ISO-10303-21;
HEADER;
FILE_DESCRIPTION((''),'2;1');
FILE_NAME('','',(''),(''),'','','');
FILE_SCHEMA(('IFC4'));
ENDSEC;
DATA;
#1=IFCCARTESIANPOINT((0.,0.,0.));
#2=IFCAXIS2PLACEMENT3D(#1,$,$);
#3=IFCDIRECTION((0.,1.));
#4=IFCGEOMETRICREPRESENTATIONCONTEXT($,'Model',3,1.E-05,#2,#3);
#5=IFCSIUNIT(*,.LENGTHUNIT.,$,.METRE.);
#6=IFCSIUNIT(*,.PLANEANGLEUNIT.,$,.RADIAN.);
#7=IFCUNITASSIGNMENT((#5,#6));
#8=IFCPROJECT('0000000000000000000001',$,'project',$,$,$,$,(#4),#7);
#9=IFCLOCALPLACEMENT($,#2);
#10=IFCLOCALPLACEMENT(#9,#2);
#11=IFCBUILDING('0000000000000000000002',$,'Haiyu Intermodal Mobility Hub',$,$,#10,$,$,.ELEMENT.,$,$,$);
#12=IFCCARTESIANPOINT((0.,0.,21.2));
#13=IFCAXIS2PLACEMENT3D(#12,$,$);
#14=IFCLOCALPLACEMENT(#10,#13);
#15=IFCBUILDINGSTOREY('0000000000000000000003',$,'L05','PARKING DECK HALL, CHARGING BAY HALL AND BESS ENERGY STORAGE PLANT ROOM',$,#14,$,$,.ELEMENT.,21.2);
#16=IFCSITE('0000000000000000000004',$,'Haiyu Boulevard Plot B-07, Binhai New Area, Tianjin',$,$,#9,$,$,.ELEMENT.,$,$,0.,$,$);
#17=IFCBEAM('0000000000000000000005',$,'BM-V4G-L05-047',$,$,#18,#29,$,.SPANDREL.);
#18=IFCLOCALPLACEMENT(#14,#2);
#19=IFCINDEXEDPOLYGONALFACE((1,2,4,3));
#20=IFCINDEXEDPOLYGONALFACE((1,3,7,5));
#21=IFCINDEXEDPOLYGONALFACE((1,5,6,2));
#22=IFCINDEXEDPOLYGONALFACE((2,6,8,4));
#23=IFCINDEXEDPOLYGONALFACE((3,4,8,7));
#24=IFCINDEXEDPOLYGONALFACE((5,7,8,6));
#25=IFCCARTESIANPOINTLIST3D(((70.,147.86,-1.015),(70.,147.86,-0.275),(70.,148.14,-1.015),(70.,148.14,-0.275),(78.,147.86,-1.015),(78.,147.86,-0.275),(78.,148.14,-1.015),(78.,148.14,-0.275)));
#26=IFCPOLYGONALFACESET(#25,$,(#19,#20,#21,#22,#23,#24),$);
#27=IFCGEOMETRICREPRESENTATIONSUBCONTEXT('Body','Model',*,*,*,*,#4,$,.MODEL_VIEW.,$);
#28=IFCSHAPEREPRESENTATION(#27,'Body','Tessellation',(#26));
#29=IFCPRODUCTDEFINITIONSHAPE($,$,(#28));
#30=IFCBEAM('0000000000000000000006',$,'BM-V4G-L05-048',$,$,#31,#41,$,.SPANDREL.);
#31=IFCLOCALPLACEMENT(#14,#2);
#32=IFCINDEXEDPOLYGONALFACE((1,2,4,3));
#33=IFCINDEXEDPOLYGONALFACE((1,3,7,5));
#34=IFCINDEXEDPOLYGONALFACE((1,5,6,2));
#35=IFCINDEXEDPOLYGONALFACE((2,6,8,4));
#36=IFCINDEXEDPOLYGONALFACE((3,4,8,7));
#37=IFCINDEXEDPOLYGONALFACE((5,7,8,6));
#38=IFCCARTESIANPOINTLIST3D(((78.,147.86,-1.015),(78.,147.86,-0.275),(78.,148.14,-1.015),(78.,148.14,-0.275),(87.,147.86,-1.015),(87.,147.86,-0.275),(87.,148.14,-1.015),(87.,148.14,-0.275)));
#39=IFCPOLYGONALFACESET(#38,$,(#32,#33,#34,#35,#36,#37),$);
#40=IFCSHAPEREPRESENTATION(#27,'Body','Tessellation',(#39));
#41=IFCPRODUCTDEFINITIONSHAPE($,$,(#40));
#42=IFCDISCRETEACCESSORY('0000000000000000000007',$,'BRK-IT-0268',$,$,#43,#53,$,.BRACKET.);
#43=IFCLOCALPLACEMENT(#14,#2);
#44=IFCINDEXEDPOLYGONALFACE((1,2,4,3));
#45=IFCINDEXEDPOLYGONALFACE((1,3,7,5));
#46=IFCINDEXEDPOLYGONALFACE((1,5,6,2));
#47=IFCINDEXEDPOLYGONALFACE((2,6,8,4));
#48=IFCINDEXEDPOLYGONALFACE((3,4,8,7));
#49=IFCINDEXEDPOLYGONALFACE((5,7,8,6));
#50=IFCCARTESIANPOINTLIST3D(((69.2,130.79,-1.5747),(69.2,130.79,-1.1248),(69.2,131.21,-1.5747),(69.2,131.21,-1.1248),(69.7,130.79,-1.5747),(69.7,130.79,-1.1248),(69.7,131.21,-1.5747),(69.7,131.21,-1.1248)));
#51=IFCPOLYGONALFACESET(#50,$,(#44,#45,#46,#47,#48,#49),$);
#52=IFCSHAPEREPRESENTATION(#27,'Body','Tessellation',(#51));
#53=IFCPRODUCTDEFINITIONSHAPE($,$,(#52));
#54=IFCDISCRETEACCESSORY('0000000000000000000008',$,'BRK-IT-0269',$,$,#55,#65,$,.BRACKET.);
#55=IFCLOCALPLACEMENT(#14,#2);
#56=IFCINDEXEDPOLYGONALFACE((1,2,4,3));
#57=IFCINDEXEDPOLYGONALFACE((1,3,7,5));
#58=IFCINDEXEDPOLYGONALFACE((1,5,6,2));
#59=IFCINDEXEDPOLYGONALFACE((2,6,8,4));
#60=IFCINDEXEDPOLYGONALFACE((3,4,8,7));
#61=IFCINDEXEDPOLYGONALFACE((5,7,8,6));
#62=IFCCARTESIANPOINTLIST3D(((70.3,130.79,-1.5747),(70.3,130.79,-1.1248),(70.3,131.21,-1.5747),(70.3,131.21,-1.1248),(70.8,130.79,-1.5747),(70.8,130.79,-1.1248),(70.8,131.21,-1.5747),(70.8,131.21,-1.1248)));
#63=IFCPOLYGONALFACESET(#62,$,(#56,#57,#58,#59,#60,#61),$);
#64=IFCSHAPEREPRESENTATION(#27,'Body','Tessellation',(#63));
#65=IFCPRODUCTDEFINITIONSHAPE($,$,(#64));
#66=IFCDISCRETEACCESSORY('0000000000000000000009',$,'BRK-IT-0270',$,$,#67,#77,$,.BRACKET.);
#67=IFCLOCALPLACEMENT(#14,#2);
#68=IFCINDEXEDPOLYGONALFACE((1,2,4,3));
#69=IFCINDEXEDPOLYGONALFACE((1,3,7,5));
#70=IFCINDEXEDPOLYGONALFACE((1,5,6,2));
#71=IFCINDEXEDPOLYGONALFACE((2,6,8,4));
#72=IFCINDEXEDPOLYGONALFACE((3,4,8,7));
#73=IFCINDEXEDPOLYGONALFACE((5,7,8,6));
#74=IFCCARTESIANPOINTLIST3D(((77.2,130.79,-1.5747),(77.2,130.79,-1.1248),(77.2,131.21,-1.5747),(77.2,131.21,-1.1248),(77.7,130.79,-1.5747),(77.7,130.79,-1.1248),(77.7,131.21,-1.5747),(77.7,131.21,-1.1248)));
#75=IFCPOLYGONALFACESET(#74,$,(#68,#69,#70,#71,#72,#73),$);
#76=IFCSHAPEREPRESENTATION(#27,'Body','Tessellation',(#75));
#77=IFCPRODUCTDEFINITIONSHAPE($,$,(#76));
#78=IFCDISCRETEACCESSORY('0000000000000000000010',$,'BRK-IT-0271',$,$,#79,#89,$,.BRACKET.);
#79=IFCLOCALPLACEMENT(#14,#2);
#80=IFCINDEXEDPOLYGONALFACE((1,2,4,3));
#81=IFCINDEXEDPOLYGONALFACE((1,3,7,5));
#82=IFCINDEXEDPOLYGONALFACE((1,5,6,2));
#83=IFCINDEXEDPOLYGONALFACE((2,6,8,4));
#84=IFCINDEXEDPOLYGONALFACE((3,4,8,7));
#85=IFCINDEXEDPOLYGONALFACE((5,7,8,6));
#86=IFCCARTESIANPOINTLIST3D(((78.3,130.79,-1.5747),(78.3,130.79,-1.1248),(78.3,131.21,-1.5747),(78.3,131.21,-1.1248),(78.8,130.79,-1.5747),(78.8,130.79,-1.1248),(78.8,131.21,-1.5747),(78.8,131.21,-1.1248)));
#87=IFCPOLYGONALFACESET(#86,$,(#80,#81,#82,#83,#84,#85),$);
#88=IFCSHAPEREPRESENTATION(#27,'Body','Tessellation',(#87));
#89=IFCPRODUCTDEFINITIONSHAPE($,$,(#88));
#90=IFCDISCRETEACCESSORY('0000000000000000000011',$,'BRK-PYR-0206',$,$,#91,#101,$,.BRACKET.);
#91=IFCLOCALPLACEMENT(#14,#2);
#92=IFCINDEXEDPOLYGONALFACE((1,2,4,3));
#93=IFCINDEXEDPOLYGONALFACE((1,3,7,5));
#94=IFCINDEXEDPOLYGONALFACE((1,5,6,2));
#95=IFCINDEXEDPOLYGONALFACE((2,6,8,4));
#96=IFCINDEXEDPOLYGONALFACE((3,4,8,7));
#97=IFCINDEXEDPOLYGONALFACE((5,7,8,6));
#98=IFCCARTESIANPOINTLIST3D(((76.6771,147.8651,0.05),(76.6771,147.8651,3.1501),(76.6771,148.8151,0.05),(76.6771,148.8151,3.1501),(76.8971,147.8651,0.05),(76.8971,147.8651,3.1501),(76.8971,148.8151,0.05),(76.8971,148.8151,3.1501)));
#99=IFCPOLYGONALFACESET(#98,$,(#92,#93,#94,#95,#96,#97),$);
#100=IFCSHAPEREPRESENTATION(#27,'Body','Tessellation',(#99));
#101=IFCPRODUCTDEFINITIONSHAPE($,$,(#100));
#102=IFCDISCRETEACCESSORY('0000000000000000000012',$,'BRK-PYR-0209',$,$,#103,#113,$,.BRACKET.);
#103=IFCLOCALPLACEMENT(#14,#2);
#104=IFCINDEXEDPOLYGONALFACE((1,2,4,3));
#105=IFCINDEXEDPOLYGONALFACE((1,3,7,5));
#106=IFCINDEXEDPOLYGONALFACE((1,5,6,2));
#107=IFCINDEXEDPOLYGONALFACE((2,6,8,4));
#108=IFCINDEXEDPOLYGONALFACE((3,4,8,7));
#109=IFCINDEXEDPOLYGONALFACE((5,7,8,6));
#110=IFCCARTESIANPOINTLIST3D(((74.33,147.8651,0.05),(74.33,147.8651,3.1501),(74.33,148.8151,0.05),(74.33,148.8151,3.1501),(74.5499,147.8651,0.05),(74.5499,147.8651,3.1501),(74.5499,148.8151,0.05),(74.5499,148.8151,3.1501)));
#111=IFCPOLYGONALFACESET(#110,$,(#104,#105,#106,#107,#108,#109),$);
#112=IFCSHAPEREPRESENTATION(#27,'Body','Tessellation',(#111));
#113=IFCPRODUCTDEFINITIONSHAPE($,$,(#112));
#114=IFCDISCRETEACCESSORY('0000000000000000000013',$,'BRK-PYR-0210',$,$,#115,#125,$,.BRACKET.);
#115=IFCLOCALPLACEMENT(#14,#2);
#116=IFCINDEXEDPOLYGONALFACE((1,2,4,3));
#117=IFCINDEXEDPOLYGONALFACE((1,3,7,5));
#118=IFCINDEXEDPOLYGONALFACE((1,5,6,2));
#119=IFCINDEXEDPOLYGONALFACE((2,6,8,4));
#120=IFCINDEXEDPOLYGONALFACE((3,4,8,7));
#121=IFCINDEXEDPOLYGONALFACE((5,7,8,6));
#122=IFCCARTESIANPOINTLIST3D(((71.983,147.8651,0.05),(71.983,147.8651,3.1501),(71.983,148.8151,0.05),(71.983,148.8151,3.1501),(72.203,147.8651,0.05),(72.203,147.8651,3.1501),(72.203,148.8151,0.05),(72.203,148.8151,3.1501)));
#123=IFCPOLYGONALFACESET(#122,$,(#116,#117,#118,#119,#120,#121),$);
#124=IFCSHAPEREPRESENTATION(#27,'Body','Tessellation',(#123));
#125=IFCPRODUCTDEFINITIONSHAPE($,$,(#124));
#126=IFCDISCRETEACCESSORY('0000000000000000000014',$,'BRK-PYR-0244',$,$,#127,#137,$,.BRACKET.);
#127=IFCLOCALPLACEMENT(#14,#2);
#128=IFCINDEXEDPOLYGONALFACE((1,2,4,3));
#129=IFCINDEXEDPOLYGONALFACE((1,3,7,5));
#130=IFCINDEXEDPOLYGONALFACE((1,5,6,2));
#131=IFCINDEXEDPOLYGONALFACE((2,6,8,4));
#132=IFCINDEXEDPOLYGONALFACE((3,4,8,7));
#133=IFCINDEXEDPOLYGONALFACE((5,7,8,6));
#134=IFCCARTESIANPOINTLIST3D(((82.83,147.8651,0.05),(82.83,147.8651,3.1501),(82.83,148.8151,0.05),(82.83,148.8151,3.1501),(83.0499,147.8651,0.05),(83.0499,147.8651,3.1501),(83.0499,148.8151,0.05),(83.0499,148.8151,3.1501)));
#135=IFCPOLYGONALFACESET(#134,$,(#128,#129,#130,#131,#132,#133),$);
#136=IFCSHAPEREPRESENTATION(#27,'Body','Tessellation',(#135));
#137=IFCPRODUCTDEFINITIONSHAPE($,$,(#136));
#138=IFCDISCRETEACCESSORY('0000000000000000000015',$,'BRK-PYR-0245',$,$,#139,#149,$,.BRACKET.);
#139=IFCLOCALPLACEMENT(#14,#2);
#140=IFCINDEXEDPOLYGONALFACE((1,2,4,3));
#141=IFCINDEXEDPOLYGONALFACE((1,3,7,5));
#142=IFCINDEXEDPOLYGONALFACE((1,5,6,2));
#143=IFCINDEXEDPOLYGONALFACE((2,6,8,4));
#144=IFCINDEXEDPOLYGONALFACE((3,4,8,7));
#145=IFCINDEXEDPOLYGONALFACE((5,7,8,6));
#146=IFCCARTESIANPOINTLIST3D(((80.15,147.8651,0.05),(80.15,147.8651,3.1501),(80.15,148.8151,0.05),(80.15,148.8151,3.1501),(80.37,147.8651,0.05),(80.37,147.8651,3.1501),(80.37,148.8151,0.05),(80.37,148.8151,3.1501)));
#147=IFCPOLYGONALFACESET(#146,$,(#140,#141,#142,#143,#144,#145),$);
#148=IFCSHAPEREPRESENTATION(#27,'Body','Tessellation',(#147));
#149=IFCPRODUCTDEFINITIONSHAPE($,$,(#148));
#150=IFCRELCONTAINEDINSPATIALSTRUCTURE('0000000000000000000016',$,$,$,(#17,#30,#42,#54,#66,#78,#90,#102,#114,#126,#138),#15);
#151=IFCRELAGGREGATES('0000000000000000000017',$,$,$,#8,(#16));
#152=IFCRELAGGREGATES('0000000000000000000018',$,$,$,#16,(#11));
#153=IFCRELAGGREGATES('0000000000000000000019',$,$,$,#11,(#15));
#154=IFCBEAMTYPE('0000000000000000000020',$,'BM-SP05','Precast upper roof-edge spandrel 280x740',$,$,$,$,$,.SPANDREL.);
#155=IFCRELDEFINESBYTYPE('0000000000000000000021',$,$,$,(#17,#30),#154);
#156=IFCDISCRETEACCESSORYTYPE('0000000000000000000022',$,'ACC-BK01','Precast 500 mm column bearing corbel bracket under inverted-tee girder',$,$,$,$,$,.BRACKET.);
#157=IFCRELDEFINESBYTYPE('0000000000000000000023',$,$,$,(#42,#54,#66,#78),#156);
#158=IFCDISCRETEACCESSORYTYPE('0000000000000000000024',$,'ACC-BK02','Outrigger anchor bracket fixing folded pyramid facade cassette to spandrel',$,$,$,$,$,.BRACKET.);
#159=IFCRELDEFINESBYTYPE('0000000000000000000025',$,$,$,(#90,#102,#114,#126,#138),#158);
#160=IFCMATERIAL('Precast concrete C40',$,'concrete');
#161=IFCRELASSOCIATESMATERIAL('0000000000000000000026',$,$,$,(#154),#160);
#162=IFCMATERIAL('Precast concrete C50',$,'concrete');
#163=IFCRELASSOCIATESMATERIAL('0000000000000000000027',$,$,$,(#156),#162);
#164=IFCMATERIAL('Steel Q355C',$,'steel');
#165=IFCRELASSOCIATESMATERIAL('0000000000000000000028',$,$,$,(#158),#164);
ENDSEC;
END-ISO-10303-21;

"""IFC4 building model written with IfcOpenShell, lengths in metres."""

from ifc_helpers import new_model, si_unit, direction, frame, origin, origin_2d, place, context, subcontext, project, spatial, rectangle, extrude, material, material_profile, profile_set, type_object, element, save


model = new_model("IFC4")

# Units and contexts
model_context = context("Model", 3, precision=1e-05, world=origin(), true_north=direction((0.0, 1.0)))
body_context = subcontext(model_context, "Body", "Model", "MODEL_VIEW")
ifc_project = project(units=[si_unit("LENGTHUNIT", "METRE"), si_unit("PLANEANGLEUNIT", "RADIAN")], contexts=[model_context])

# Site, building, storey
site_placement = place(None, origin())
site = spatial("IfcSite", under=ifc_project, at=site_placement, Name="Haiyu Boulevard Plot B-07, Binhai New Area, Tianjin", CompositionType="ELEMENT", RefElevation=0.0)
building_placement = place(site_placement, origin())
building = spatial("IfcBuilding", under=site, at=building_placement, Name="Haiyu Intermodal Mobility Hub", CompositionType="ELEMENT")
storey_placement = place(building_placement, frame((0.0, 0.0, 21.2)))
storey = spatial("IfcBuildingStorey", under=building, at=storey_placement, Name="L05", Description="PARKING DECK HALL, CHARGING BAY HALL AND BESS ENERGY STORAGE PLANT ROOM", CompositionType="ELEMENT", Elevation=21.2)

# Shared definitions
ifc_material_1 = material(Name="Precast concrete C40", Category="concrete")

# Beams
ifc_material_2 = material(Name="Precast concrete C50", Category="concrete")
ifc_material_profile_1 = material_profile(ifc_material_1, rectangle(XDim=0.28, YDim=0.74, at=origin_2d()), Name="B280x740")
ifc_profile_set_1 = profile_set([ifc_material_profile_1], Name="Precast concrete C40")
beam_type_1 = type_object("IfcBeamType", Name="BM-SP05", Description="Precast upper roof-edge spandrel 280x740", PredefinedType="SPANDREL", material=ifc_profile_set_1)
beam_1_placement = place(storey_placement, frame((70.0, 148.0, -0.645), z_axis=(1.0, 0.0, 0.0), x_axis=(0.0, 1.0, 0.0)))
element("IfcBeam", 1, at=beam_1_placement, inside=storey, type_object=beam_type_1, Name="BM-V4G-L05-047", PredefinedType="SPANDREL", context=body_context, shape_type="SweptSolid", body=[
    extrude(rectangle(XDim=0.28, YDim=0.74, at=origin_2d()), origin(), (0.0, 0.0, 1.0), 8.0),
])
beam_2_placement = place(storey_placement, frame((78.0, 148.0, -0.645), z_axis=(1.0, 0.0, 0.0), x_axis=(0.0, 1.0, 0.0)))
element("IfcBeam", 2, at=beam_2_placement, inside=storey, type_object=beam_type_1, Name="BM-V4G-L05-048", PredefinedType="SPANDREL", context=body_context, shape_type="SweptSolid", body=[
    extrude(rectangle(XDim=0.28, YDim=0.74, at=origin_2d()), origin(), (0.0, 0.0, 1.0), 9.0),
])

# Shared definitions
ifc_material_3 = material(Name="Steel Q355C", Category="steel")

# Discrete accessories
discrete_accessory_type_1 = type_object("IfcDiscreteAccessoryType", Name="ACC-BK01", Description="Precast 500 mm column bearing corbel bracket under inverted-tee girder", PredefinedType="BRACKET", material=ifc_material_2)
for number, where, z_axis, x_axis, name in (
    (3, (69.45, 131.0, -1.5747), (0.0, 0.0, 1.0), (1.0, 0.0, 0.0), "BRK-IT-0268"),
    (4, (70.55, 131.0, -1.5747), (0.0, 0.0, 1.0), (1.0, 0.0, 0.0), "BRK-IT-0269"),
    (5, (77.45, 131.0, -1.5747), (0.0, 0.0, 1.0), (1.0, 0.0, 0.0), "BRK-IT-0270"),
    (6, (78.55, 131.0, -1.5747), (0.0, 0.0, 1.0), (1.0, 0.0, 0.0), "BRK-IT-0271"),
):
    element("IfcDiscreteAccessory", number, at=place(storey_placement, frame(where, z_axis=z_axis, x_axis=x_axis)), inside=storey, type_object=discrete_accessory_type_1, Name=name, PredefinedType="BRACKET", context=body_context, shape_type="SweptSolid", body=[
        extrude(rectangle(XDim=0.5, YDim=0.4199, at=origin_2d()), origin(), (0.0, 0.0, 1.0), 0.45),
    ])
discrete_accessory_type_2 = type_object("IfcDiscreteAccessoryType", Name="ACC-BK02", Description="Outrigger anchor bracket fixing folded pyramid facade cassette to spandrel", PredefinedType="BRACKET", material=ifc_material_3)
for number, where, z_axis, x_axis, name in (
    (7, (76.7871, 148.3401, 0.05), (0.0, 0.0, 1.0), (1.0, 0.0, 0.0), "BRK-PYR-0206"),
    (8, (74.4399, 148.3401, 0.05), (0.0, 0.0, 1.0), (1.0, 0.0, 0.0), "BRK-PYR-0209"),
    (9, (72.093, 148.3401, 0.05), (0.0, 0.0, 1.0), (1.0, 0.0, 0.0), "BRK-PYR-0210"),
    (10, (82.9399, 148.3401, 0.05), (0.0, 0.0, 1.0), (1.0, 0.0, 0.0), "BRK-PYR-0244"),
    (11, (80.26, 148.3401, 0.05), (0.0, 0.0, 1.0), (1.0, 0.0, 0.0), "BRK-PYR-0245"),
):
    element("IfcDiscreteAccessory", number, at=place(storey_placement, frame(where, z_axis=z_axis, x_axis=x_axis)), inside=storey, type_object=discrete_accessory_type_2, Name=name, PredefinedType="BRACKET", context=body_context, shape_type="SweptSolid", body=[
        extrude(rectangle(XDim=0.22, YDim=0.95, at=origin_2d()), origin(), (0.0, 0.0, 1.0), 3.1001),
    ])

save(model, "model.ifc")
